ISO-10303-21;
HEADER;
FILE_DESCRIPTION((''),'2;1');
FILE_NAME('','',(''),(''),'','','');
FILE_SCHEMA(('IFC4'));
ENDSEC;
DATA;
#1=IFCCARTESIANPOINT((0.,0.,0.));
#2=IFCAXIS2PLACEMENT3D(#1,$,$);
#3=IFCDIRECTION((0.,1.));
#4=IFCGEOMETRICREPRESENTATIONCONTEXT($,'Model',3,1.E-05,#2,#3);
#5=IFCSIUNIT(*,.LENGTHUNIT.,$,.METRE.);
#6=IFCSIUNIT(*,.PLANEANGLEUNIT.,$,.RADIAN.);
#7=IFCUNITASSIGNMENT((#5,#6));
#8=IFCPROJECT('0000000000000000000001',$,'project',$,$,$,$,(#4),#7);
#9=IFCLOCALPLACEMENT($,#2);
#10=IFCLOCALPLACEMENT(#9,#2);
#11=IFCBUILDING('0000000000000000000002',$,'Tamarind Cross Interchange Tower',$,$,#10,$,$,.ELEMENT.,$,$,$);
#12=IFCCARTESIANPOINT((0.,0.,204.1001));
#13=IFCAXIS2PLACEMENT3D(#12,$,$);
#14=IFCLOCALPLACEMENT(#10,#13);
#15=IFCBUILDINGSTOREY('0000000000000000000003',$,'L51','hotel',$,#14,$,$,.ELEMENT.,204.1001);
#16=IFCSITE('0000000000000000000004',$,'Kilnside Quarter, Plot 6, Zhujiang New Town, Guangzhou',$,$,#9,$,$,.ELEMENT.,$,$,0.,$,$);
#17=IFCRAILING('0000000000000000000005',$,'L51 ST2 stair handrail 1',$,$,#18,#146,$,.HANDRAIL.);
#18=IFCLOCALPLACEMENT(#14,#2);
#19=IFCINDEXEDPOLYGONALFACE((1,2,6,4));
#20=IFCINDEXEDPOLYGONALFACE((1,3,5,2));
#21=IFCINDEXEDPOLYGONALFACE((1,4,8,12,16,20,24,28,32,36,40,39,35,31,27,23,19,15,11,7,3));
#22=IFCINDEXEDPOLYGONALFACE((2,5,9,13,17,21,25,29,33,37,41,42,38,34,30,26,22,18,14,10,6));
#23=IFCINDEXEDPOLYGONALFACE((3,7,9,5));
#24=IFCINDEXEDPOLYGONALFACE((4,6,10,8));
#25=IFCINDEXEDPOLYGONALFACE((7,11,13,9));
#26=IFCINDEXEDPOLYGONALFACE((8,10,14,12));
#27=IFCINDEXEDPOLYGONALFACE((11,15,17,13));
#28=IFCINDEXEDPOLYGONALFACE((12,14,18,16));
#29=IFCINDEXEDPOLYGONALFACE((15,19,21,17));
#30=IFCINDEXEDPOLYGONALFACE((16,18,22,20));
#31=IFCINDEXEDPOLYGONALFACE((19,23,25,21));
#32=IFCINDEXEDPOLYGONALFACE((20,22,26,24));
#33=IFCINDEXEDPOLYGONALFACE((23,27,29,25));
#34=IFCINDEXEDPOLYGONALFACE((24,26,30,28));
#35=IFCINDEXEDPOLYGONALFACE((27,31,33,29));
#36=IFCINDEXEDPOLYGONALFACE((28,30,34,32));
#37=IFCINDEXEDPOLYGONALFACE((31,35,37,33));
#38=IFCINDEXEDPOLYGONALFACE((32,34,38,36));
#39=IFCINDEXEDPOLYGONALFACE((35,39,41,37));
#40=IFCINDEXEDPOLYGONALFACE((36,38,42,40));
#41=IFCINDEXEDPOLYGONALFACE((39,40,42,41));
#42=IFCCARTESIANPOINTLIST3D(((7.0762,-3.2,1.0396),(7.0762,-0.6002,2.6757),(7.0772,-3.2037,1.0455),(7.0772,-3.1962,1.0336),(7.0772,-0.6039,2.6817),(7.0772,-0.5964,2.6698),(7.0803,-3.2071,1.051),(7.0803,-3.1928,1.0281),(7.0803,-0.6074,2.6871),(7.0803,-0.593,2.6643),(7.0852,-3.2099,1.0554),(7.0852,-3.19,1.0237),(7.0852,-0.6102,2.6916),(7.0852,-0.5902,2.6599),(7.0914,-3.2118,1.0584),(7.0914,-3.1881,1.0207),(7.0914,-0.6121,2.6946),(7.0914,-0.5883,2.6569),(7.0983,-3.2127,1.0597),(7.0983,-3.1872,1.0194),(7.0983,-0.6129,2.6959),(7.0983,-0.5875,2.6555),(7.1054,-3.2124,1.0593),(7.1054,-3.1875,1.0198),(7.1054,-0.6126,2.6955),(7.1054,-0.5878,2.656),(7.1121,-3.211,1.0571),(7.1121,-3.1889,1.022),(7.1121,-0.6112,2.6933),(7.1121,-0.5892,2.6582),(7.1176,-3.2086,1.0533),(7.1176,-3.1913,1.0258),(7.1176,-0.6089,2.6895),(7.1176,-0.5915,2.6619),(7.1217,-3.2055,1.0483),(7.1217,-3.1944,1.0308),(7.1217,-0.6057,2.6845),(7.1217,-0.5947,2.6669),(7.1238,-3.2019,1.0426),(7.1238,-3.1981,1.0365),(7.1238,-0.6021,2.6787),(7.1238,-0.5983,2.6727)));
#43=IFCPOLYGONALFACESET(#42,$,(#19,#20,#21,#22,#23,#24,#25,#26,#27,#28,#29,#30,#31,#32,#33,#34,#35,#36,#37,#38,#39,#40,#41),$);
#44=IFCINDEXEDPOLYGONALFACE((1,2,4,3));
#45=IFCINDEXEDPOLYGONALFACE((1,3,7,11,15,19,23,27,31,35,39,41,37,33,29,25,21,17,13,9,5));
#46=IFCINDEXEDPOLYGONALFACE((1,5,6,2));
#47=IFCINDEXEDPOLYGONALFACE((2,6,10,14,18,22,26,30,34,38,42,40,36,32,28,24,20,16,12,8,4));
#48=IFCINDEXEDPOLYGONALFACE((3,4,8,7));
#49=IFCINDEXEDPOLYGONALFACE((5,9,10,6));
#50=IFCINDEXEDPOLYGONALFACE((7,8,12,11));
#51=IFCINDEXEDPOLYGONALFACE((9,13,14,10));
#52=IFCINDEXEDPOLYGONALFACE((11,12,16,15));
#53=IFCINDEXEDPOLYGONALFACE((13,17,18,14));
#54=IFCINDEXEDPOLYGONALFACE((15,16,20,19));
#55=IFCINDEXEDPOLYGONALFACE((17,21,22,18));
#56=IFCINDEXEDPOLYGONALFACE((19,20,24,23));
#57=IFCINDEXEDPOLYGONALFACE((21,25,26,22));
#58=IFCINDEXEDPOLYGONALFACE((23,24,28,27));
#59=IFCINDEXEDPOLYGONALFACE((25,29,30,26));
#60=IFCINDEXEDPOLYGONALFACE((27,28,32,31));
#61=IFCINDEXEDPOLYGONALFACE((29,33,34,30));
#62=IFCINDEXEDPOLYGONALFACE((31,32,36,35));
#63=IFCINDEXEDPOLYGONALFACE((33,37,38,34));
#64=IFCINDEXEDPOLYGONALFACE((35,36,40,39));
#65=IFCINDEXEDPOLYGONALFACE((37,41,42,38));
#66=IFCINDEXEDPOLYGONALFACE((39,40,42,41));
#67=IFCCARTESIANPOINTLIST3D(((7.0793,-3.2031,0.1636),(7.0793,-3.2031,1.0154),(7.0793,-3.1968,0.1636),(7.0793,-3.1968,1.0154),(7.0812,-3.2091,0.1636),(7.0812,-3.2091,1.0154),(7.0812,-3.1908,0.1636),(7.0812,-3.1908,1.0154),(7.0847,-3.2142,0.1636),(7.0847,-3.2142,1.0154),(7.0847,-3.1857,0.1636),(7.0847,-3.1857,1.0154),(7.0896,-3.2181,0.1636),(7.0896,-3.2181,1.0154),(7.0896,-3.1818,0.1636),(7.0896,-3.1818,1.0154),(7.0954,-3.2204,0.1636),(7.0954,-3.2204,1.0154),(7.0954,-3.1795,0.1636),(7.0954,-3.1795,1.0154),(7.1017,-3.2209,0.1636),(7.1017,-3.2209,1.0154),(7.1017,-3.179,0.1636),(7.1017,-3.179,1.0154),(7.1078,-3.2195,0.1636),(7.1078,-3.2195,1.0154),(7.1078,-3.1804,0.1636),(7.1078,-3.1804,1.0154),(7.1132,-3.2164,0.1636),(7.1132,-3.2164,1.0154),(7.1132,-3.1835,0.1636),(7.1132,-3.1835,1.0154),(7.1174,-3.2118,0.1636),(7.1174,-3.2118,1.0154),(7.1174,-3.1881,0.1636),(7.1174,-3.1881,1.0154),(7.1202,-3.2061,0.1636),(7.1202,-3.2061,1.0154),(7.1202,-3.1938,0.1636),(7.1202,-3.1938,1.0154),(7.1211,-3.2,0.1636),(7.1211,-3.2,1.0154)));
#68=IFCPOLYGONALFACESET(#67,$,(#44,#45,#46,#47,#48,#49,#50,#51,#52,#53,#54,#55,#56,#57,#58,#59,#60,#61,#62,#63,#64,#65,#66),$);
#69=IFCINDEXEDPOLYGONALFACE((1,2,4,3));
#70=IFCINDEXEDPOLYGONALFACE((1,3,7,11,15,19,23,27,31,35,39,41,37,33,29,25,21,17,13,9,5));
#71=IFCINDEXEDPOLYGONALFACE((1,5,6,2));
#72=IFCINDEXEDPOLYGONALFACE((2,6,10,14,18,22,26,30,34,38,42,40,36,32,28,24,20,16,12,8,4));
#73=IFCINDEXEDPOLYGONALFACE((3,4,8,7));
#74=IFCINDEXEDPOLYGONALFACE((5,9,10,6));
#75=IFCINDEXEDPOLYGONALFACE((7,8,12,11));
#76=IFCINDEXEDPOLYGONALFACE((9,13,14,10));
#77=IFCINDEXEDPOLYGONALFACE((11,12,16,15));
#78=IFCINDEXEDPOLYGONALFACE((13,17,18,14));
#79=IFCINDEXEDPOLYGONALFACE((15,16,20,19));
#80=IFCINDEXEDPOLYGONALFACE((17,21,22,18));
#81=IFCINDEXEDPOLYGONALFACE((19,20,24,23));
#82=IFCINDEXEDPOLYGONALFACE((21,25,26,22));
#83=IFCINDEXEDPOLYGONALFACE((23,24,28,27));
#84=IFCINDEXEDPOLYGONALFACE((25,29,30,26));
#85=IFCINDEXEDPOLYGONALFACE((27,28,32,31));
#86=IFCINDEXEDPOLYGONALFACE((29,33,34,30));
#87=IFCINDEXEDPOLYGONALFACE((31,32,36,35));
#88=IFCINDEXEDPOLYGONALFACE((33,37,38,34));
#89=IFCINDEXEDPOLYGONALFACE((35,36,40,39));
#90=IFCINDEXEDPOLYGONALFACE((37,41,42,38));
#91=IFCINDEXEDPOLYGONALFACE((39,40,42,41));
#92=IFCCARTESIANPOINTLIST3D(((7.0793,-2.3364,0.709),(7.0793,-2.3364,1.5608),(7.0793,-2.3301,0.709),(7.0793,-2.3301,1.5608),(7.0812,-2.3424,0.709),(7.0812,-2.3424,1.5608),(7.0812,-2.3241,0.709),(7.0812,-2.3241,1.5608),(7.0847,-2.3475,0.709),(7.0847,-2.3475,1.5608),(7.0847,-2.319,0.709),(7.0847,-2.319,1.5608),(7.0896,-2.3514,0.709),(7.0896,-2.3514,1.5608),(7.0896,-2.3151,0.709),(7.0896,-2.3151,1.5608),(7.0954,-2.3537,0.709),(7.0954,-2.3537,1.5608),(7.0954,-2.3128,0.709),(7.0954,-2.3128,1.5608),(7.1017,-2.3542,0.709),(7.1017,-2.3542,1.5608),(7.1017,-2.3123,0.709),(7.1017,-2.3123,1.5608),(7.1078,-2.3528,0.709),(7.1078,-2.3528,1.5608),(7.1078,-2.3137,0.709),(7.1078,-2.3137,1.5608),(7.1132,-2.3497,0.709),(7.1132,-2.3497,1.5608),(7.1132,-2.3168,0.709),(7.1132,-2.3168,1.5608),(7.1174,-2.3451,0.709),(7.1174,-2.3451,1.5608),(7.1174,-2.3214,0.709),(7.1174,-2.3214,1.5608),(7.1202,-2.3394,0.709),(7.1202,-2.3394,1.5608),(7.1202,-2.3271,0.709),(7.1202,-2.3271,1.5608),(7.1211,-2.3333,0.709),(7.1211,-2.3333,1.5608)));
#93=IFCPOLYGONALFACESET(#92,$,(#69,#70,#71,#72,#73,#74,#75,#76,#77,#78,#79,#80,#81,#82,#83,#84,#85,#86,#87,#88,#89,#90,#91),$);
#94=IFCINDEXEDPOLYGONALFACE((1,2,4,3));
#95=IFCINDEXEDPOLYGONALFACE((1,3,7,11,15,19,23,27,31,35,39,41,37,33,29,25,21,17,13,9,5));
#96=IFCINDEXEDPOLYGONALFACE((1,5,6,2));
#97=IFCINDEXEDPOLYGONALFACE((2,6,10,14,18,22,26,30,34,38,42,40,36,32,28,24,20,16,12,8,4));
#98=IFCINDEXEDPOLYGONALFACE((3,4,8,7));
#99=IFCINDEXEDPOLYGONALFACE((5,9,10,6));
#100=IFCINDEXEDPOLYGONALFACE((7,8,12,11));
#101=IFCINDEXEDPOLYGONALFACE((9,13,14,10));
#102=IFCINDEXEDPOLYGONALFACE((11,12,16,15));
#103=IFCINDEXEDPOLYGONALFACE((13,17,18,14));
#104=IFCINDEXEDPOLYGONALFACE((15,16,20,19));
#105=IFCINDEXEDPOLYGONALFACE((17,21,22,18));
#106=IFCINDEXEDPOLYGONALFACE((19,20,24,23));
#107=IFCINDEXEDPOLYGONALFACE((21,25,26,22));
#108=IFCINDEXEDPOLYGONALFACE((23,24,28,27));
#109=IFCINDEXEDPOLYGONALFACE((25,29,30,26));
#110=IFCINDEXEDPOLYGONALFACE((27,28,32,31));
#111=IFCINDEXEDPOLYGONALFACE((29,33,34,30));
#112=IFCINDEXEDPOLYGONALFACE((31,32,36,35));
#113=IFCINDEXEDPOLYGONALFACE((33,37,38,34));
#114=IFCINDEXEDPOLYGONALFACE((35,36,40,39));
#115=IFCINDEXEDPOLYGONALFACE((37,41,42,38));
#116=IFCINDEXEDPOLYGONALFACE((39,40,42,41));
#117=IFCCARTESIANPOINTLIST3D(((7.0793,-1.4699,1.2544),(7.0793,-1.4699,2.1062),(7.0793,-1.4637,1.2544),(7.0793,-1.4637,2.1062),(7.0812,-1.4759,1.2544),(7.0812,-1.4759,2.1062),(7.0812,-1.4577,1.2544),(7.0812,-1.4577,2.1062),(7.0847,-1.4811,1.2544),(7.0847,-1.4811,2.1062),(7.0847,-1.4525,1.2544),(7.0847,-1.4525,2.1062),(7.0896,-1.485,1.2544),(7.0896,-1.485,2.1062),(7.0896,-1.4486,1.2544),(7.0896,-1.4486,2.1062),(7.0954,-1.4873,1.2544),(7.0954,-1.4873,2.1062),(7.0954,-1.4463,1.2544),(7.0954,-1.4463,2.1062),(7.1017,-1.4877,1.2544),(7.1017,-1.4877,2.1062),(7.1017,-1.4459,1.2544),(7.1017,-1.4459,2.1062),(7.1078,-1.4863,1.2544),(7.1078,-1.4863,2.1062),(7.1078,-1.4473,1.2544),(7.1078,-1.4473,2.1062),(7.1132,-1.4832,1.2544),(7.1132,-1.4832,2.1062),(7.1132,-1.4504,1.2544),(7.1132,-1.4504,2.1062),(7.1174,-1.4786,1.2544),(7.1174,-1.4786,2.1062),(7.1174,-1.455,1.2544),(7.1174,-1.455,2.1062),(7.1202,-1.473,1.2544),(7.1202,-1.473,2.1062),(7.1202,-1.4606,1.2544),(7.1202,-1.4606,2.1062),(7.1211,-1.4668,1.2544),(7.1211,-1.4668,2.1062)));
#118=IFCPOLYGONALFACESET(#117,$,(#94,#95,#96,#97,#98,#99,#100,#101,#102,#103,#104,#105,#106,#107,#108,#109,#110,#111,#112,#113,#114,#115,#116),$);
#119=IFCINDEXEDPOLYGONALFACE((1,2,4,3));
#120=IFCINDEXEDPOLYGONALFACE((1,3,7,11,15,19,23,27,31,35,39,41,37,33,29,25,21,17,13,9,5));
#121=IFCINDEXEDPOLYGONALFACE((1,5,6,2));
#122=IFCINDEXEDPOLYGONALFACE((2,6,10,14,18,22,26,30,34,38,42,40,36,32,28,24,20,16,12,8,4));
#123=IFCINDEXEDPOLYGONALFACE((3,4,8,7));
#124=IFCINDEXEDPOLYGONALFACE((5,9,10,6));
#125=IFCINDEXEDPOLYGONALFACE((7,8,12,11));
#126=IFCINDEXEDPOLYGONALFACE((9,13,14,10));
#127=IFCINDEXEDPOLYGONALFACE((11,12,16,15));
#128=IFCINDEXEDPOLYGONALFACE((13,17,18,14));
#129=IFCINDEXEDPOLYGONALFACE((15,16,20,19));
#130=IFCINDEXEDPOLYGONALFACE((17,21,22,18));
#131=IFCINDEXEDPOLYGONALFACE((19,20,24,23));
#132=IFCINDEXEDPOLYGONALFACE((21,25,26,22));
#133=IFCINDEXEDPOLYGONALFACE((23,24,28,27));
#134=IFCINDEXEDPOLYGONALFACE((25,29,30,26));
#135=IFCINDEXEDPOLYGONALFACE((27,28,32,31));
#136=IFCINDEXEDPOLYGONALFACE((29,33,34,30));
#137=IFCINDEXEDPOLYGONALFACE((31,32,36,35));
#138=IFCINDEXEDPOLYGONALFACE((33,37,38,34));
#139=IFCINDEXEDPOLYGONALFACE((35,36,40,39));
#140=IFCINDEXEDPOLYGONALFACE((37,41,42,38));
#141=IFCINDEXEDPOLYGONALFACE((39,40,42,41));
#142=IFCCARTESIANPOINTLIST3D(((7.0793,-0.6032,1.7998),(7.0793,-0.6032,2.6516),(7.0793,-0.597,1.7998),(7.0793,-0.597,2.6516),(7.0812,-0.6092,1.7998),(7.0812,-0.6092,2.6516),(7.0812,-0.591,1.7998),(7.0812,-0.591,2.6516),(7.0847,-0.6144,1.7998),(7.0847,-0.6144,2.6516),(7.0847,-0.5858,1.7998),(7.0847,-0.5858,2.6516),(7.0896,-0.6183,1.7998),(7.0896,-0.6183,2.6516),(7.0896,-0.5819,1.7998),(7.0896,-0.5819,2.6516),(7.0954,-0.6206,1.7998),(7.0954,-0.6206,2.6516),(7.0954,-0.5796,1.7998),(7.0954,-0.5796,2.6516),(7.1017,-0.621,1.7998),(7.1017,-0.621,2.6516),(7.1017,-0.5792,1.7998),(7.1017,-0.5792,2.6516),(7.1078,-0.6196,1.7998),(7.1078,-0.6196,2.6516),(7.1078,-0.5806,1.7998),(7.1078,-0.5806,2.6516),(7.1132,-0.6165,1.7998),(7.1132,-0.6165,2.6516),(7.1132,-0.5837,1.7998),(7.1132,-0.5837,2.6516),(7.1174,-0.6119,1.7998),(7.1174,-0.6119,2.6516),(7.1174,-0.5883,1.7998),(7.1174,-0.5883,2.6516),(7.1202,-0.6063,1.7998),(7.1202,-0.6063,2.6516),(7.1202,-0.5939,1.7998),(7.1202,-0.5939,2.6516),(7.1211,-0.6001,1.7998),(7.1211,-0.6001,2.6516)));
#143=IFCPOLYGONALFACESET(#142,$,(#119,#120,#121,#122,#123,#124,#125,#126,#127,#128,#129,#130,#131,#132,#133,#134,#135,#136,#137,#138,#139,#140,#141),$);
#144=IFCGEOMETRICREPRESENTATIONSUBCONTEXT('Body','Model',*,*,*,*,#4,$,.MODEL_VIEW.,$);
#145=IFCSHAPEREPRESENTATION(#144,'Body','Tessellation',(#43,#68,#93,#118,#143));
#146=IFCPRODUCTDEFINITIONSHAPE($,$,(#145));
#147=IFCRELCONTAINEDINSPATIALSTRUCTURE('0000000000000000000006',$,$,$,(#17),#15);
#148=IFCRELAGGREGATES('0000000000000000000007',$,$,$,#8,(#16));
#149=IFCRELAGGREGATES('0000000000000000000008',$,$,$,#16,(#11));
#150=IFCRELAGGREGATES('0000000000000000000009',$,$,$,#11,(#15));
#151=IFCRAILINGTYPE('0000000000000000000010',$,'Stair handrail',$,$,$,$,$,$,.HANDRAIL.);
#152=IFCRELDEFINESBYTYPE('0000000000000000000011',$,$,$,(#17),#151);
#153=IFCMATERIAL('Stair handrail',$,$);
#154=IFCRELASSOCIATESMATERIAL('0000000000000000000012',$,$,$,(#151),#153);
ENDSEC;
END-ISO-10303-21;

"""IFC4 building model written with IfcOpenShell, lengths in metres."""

from ifc_helpers import new_model, si_unit, direction, frame, origin, origin_2d, place, context, subcontext, project, spatial, circle, extrude, material, type_object, element, save


model = new_model("IFC4")

# Units and contexts
model_context = context("Model", 3, precision=1e-05, world=origin(), true_north=direction((0.0, 1.0)))
body_context = subcontext(model_context, "Body", "Model", "MODEL_VIEW")
ifc_project = project(units=[si_unit("LENGTHUNIT", "METRE"), si_unit("PLANEANGLEUNIT", "RADIAN")], contexts=[model_context])

# Site, building, storey
site_placement = place(None, origin())
site = spatial("IfcSite", under=ifc_project, at=site_placement, Name="Kilnside Quarter, Plot 6, Zhujiang New Town, Guangzhou", CompositionType="ELEMENT", RefElevation=0.0)
building_placement = place(site_placement, origin())
building = spatial("IfcBuilding", under=site, at=building_placement, Name="Tamarind Cross Interchange Tower", CompositionType="ELEMENT")
storey_placement = place(building_placement, frame((0.0, 0.0, 204.1001)))
storey = spatial("IfcBuildingStorey", under=building, at=storey_placement, Name="L51", Description="hotel", CompositionType="ELEMENT", Elevation=204.1001)

# Railing
ifc_material_1 = material(Name="Stair handrail")
railing_type_1 = type_object("IfcRailingType", Name="Stair handrail", PredefinedType="HANDRAIL", material=ifc_material_1)
railing_1_placement = place(storey_placement, frame((7.1001, -3.2, 0.1636)))
element("IfcRailing", 1, at=railing_1_placement, inside=storey, type_object=railing_type_1, Name="L51 ST2 stair handrail 1", PredefinedType="HANDRAIL", context=body_context, shape_type="SweptSolid", body=[
    extrude(circle(Radius=0.0239, at=origin_2d()), frame((0.0, 0.0, 0.876), z_axis=(0.0, 0.846338, 0.532647), x_axis=(-1.0, 0.0, 0.0)), (0.0, 0.0, 1.0), 3.0718),
    extrude(circle(Radius=0.021, at=origin_2d()), origin(), (0.0, 0.0, 1.0), 0.8518),
    extrude(circle(Radius=0.021, at=origin_2d()), frame((0.0, 0.8667, 0.5454)), (0.0, 0.0, 1.0), 0.8518),
    extrude(circle(Radius=0.021, at=origin_2d()), frame((0.0, 1.7332, 1.0908)), (0.0, 0.0, 1.0), 0.8518),
    extrude(circle(Radius=0.021, at=origin_2d()), frame((0.0, 2.5999, 1.6362)), (0.0, 0.0, 1.0), 0.8518),
])

save(model, "model.ifc")
